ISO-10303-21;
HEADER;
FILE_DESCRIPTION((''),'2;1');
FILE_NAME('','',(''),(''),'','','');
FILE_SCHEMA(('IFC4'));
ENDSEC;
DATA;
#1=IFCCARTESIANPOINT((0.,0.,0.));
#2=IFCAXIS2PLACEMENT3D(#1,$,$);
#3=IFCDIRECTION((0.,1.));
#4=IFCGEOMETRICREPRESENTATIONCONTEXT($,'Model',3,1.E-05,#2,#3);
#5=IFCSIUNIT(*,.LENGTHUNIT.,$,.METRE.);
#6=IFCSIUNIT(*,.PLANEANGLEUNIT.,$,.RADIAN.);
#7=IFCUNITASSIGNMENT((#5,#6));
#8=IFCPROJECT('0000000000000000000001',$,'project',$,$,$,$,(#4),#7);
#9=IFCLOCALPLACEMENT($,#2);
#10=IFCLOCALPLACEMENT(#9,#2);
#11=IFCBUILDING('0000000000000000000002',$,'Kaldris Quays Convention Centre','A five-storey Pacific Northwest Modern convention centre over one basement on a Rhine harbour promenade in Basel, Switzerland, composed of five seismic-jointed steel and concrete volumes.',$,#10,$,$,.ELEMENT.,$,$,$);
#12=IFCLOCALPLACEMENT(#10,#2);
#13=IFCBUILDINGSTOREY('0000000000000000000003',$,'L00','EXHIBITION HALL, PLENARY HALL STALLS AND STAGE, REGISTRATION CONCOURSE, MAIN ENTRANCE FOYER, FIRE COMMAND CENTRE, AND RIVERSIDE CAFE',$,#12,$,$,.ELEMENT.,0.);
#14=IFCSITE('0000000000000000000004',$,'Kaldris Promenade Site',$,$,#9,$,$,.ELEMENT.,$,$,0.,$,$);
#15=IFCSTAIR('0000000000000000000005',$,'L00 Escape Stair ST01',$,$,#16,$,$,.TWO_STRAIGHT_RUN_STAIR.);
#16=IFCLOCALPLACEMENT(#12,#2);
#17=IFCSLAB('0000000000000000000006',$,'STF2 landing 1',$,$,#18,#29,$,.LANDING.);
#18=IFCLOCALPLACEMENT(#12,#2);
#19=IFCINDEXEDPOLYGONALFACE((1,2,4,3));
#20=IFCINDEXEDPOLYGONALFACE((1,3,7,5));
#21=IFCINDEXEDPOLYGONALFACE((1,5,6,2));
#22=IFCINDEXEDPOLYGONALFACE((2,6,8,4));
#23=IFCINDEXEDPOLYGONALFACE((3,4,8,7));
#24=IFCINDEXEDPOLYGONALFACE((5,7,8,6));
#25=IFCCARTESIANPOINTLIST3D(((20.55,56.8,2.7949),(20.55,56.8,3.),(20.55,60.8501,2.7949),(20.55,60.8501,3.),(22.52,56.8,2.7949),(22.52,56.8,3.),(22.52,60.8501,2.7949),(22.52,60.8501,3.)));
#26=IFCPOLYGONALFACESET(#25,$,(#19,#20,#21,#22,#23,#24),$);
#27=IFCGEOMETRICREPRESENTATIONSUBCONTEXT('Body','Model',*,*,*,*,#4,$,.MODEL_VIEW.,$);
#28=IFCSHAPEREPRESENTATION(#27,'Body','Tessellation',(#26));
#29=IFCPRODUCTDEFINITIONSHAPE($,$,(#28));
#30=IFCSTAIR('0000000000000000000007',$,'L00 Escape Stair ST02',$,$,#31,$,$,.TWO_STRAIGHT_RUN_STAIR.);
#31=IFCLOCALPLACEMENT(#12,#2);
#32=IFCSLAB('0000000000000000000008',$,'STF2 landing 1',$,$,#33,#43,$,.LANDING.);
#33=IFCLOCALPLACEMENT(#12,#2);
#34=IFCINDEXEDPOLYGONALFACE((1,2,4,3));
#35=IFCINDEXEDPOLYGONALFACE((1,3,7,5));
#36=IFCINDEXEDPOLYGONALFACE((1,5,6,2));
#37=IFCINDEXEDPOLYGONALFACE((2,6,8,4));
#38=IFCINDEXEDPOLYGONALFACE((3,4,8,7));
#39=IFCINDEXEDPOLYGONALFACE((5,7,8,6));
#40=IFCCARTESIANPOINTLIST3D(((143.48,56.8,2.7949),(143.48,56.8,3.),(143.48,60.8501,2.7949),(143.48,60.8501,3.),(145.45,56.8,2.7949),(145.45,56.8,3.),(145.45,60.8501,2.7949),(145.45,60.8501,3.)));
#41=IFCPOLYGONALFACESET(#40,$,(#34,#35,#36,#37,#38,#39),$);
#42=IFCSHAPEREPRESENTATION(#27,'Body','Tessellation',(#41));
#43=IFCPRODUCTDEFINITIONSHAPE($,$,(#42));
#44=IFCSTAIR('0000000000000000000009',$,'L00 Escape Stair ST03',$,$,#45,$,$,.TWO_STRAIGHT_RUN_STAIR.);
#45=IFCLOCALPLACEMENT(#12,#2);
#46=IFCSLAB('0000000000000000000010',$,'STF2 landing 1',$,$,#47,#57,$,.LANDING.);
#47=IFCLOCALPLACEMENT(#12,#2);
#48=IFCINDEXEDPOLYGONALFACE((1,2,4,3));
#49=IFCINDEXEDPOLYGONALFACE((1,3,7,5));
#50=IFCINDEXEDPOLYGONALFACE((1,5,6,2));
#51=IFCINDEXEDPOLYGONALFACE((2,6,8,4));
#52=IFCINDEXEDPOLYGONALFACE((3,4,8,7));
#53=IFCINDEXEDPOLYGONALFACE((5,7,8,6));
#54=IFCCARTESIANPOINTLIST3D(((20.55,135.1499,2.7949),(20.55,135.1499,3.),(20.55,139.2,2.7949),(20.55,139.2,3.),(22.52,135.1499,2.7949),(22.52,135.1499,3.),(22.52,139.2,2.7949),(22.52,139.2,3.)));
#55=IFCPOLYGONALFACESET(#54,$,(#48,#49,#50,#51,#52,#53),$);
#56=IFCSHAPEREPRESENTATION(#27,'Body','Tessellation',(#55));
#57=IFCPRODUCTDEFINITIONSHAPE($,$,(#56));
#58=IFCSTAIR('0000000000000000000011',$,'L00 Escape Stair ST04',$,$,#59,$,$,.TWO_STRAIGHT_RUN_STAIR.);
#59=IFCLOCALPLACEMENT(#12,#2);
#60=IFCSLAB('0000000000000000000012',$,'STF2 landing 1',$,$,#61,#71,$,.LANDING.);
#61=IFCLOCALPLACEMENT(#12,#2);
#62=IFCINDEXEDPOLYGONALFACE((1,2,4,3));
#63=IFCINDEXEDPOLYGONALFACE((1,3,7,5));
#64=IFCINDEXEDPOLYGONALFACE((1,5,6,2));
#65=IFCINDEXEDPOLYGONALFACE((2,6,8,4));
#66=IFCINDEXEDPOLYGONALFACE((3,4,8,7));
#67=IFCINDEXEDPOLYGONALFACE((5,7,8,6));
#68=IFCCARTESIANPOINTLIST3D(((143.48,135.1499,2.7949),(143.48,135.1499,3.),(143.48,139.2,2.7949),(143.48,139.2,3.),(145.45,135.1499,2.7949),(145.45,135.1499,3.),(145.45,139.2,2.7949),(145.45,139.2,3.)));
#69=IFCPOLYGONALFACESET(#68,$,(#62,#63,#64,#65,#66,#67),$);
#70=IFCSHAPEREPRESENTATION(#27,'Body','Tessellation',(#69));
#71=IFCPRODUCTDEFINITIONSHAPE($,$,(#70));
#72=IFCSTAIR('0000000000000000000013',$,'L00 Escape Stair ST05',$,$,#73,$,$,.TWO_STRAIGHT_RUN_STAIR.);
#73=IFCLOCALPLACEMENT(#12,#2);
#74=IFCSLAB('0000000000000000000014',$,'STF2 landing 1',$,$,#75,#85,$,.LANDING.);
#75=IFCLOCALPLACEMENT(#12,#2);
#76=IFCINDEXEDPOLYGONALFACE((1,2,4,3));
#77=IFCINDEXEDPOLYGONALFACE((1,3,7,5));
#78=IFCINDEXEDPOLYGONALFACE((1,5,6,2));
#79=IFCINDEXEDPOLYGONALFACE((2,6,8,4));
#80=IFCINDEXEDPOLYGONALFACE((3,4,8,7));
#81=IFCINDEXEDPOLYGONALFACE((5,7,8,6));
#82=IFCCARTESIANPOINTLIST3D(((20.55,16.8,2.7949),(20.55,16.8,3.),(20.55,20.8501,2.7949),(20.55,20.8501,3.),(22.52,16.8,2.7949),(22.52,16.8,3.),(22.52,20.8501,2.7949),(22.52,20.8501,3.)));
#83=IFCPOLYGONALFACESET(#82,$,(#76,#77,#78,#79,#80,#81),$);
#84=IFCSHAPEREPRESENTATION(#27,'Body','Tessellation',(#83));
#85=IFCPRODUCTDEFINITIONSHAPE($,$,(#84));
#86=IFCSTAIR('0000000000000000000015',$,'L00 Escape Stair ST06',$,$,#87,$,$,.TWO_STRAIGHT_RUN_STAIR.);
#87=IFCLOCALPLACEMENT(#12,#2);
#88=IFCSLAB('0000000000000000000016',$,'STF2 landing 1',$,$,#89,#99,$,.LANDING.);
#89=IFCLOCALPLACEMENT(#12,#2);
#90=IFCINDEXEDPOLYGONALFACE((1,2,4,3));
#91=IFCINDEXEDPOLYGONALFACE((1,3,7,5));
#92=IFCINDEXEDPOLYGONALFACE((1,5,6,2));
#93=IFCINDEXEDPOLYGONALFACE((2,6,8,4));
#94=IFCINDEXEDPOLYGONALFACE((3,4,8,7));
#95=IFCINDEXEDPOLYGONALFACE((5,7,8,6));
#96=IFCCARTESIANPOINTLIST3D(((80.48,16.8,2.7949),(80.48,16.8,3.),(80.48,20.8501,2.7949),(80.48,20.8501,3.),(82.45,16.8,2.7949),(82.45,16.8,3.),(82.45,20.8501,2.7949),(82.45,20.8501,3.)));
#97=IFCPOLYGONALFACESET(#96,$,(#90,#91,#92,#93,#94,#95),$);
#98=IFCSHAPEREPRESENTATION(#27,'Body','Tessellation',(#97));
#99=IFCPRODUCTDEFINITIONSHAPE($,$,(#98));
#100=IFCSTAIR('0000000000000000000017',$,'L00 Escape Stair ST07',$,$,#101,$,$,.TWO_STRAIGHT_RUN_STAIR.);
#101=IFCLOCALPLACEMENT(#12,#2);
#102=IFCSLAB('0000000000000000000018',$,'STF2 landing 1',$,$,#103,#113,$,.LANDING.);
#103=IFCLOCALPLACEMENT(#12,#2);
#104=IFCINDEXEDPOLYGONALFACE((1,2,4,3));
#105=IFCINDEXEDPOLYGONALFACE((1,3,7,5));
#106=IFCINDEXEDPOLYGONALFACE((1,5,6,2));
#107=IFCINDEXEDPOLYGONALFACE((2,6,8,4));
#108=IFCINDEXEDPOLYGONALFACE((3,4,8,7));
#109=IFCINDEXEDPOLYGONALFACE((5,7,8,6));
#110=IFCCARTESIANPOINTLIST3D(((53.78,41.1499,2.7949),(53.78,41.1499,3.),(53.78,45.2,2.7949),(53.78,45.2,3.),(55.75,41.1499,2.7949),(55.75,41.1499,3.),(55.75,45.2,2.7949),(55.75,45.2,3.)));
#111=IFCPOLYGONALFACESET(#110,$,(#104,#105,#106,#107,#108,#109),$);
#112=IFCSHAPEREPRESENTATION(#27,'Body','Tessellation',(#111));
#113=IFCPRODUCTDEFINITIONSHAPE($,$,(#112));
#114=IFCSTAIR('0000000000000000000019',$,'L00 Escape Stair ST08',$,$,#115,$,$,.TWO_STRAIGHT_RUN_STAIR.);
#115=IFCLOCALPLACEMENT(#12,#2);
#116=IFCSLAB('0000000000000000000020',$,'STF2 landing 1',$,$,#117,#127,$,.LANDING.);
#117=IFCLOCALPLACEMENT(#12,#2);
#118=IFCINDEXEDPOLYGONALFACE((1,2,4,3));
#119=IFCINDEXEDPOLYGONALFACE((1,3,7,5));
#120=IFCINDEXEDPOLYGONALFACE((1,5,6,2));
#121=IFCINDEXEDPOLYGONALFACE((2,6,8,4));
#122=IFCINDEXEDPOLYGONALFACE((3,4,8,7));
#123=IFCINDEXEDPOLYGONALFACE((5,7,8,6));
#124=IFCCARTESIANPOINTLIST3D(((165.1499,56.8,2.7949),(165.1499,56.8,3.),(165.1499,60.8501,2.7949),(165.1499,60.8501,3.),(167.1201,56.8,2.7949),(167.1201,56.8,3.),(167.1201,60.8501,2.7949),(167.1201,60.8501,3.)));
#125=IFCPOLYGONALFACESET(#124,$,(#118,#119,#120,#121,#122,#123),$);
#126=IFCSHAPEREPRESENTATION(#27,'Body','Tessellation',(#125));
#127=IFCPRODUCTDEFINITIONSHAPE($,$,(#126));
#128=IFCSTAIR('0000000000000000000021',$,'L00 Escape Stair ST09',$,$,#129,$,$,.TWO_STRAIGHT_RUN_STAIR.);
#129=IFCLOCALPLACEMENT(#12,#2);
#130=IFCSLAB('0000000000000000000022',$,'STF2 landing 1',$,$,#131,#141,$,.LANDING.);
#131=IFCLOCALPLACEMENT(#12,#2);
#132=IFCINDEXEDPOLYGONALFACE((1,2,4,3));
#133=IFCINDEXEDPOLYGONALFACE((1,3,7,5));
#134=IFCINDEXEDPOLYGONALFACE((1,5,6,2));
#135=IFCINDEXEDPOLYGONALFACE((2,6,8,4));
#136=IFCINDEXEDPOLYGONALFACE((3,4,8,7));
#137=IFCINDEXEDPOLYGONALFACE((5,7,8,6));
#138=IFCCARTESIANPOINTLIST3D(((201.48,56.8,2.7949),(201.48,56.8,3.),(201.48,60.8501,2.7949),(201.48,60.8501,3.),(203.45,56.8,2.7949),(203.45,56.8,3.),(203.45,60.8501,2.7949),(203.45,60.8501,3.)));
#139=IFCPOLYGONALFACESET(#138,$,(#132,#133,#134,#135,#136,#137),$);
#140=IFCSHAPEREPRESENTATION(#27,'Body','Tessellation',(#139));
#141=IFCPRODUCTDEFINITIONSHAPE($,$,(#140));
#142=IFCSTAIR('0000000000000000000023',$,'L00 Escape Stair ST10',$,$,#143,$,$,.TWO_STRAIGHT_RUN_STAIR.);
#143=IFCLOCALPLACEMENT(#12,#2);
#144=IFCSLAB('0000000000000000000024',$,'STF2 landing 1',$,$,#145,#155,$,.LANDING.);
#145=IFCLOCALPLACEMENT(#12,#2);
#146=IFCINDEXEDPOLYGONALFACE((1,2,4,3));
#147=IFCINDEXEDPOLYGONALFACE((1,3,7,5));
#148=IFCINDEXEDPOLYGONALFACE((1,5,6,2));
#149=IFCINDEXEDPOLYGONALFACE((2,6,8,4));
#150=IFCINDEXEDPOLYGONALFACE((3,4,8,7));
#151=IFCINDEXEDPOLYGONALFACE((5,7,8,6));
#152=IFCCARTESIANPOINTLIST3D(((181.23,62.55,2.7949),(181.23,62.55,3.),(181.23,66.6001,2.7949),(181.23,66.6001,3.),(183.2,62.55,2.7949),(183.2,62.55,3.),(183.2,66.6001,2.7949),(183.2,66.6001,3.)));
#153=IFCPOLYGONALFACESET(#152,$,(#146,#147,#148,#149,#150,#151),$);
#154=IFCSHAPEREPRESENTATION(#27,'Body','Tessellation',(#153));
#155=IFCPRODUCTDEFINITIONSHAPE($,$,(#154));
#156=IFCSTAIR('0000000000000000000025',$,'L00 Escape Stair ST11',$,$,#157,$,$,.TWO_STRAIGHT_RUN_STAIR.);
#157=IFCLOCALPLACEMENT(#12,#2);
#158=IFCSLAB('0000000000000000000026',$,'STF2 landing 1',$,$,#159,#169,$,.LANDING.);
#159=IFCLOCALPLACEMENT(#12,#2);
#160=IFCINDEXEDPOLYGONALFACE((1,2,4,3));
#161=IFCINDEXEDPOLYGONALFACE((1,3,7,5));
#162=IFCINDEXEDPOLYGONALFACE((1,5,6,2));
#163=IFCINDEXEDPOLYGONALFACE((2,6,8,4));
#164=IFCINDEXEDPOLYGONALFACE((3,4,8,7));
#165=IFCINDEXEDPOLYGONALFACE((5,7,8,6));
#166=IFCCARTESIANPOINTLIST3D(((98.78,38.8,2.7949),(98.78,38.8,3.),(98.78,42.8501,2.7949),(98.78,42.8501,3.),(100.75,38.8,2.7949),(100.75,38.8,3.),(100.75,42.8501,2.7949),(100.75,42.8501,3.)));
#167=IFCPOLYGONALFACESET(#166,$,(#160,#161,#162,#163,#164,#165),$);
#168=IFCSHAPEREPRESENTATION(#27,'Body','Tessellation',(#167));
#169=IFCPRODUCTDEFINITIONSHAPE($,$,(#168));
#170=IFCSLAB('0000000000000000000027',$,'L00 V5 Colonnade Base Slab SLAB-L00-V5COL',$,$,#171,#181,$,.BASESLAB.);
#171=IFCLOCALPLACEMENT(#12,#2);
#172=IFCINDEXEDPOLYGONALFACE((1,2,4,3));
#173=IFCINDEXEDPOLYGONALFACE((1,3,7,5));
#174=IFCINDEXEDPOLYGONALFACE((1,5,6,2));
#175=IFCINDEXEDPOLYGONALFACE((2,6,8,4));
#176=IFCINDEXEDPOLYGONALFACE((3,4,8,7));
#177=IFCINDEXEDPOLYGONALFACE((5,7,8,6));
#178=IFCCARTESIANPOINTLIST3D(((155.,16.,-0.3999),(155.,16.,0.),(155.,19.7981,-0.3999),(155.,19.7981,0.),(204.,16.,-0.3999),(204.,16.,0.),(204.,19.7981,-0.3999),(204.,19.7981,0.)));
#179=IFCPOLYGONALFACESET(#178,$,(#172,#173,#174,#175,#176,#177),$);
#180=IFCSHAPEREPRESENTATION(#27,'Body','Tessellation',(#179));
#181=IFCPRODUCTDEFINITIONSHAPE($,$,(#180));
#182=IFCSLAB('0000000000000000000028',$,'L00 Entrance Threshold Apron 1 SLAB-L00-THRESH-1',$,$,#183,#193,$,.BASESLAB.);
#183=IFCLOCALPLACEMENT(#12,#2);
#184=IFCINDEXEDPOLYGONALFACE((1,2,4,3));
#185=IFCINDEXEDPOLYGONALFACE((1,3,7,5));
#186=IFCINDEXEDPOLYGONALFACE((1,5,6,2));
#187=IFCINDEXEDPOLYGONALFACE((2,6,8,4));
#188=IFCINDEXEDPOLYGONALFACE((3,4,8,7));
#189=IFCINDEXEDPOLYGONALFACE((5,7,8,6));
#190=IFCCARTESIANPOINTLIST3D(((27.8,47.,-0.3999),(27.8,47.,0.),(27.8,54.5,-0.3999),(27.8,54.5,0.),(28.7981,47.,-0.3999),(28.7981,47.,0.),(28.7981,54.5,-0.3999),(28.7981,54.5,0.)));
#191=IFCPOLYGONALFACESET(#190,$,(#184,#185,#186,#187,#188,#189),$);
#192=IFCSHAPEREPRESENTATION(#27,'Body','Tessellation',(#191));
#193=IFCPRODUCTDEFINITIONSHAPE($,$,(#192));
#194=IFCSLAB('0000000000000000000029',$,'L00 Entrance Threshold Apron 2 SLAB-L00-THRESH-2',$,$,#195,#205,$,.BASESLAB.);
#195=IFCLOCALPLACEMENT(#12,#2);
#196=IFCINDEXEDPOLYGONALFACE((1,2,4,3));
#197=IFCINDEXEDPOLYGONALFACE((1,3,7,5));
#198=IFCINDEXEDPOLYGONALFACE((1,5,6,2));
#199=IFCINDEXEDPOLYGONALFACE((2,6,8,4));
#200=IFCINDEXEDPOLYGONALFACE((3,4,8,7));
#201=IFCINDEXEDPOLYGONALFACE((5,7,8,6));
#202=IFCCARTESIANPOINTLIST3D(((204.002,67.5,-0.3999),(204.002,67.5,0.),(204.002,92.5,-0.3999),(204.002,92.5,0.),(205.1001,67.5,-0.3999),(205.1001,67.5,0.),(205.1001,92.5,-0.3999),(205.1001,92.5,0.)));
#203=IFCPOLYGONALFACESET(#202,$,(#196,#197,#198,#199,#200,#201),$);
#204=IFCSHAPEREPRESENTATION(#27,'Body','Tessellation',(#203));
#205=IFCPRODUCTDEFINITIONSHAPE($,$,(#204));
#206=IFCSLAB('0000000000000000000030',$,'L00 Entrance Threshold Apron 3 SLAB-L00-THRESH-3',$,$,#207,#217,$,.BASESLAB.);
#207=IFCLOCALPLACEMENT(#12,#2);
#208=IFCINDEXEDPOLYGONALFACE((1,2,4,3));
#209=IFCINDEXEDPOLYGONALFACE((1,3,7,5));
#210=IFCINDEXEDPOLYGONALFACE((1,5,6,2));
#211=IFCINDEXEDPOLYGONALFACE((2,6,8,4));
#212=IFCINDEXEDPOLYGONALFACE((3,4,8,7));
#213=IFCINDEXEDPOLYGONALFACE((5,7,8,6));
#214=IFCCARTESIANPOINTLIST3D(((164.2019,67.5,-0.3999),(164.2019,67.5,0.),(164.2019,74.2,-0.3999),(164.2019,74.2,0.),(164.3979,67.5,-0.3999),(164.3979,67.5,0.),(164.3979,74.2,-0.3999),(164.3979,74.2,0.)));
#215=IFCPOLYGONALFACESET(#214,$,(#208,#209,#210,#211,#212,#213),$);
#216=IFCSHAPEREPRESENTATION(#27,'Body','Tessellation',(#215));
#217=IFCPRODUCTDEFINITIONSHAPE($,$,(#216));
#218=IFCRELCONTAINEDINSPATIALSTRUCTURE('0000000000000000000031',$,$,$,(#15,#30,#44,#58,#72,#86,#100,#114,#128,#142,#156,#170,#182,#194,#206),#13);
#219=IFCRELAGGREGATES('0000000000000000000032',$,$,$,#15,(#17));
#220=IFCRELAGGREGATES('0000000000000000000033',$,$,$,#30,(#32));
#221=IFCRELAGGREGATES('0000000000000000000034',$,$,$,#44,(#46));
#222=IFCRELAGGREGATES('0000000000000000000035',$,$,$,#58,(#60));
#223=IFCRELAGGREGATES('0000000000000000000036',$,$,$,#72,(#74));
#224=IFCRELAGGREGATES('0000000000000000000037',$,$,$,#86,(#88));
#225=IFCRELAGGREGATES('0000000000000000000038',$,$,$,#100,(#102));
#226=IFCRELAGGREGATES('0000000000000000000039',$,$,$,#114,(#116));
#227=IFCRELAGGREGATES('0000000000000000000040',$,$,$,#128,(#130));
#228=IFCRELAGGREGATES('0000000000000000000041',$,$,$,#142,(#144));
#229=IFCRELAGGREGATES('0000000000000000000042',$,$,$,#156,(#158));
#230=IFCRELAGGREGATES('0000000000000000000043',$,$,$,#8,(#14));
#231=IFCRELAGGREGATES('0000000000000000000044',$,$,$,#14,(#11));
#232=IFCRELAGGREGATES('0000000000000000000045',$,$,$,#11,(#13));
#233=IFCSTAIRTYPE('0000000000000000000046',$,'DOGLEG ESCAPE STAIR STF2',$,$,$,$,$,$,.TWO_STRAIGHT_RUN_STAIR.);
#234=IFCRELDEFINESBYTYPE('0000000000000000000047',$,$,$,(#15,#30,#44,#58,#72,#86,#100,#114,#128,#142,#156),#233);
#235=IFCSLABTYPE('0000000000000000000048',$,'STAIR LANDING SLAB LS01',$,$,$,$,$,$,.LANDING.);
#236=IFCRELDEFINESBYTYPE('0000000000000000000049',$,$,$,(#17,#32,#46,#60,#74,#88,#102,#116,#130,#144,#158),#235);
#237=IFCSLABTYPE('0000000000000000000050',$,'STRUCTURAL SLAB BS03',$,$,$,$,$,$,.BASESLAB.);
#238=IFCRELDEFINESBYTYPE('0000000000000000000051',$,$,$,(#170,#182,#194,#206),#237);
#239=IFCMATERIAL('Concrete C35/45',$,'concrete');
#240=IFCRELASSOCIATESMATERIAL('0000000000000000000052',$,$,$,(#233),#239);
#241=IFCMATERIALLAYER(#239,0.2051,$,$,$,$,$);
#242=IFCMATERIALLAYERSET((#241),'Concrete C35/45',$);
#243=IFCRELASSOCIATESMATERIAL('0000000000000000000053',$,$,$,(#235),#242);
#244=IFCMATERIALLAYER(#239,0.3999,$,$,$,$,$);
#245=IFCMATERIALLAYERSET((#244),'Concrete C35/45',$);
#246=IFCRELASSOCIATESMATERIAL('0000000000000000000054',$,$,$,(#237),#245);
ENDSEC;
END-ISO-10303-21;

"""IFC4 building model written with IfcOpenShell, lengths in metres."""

from ifc_helpers import new_model, si_unit, direction, frame, origin, place, context, subcontext, project, spatial, polyline, outline, extrude, material, layer, layer_set, type_object, element, aggregate, save


model = new_model("IFC4")

# Units and contexts
model_context = context("Model", 3, precision=1e-05, world=origin(), true_north=direction((0.0, 1.0)))
body_context = subcontext(model_context, "Body", "Model", "MODEL_VIEW")
ifc_project = project(units=[si_unit("LENGTHUNIT", "METRE"), si_unit("PLANEANGLEUNIT", "RADIAN")], contexts=[model_context])

# Site, building, storey
site_placement = place(None, origin())
site = spatial("IfcSite", under=ifc_project, at=site_placement, Name="Kaldris Promenade Site", CompositionType="ELEMENT", RefElevation=0.0)
building_placement = place(site_placement, origin())
building = spatial("IfcBuilding", under=site, at=building_placement, Name="Kaldris Quays Convention Centre", Description="A five-storey Pacific Northwest Modern convention centre over one basement on a Rhine harbour promenade in Basel, Switzerland, composed of five seismic-jointed steel and concrete volumes.", CompositionType="ELEMENT")
storey_placement = place(building_placement, origin())
storey = spatial("IfcBuildingStorey", under=building, at=storey_placement, Name="L00", Description="EXHIBITION HALL, PLENARY HALL STALLS AND STAGE, REGISTRATION CONCOURSE, MAIN ENTRANCE FOYER, FIRE COMMAND CENTRE, AND RIVERSIDE CAFE", CompositionType="ELEMENT", Elevation=0.0)

# Stairs, slabs
ifc_material = material(Name="Concrete C35/45", Category="concrete")
stair_type = type_object("IfcStairType", Name="DOGLEG ESCAPE STAIR STF2", PredefinedType="TWO_STRAIGHT_RUN_STAIR", material=ifc_material)
stair_1_placement = place(storey_placement, origin())
stair_1 = element("IfcStair", 1, at=stair_1_placement, inside=storey, type_object=stair_type, Name="L00 Escape Stair ST01", PredefinedType="TWO_STRAIGHT_RUN_STAIR")
ifc_layer_1 = layer(ifc_material, 0.2051)
ifc_layer_set_1 = layer_set([ifc_layer_1], Name="Concrete C35/45")
slab_type_1 = type_object("IfcSlabType", Name="STAIR LANDING SLAB LS01", PredefinedType="LANDING", material=ifc_layer_set_1)
slab_1_placement = place(storey_placement, frame((0.0, 0.0, 2.7949)))
slab_1 = element("IfcSlab", 2, at=slab_1_placement, type_object=slab_type_1, Name="STF2 landing 1", PredefinedType="LANDING", context=body_context, shape_type="SweptSolid", body=[
    extrude(outline(polyline([(22.52, 60.8501), (20.55, 60.8501), (20.55, 56.8), (22.52, 56.8), (22.52, 60.8501)])), origin(), (0.0, 0.0, 1.0), 0.2051),
])
aggregate(stair_1, [slab_1])
stair_2_placement = place(storey_placement, origin())
stair_2 = element("IfcStair", 3, at=stair_2_placement, inside=storey, type_object=stair_type, Name="L00 Escape Stair ST02", PredefinedType="TWO_STRAIGHT_RUN_STAIR")
slab_2_placement = place(storey_placement, frame((0.0, 0.0, 2.7949)))
slab_2 = element("IfcSlab", 4, at=slab_2_placement, type_object=slab_type_1, Name="STF2 landing 1", PredefinedType="LANDING", context=body_context, shape_type="SweptSolid", body=[
    extrude(outline(polyline([(143.48, 56.8), (145.45, 56.8), (145.45, 60.8501), (143.48, 60.8501), (143.48, 56.8)])), origin(), (0.0, 0.0, 1.0), 0.2051),
])
aggregate(stair_2, [slab_2])
stair_3_placement = place(storey_placement, origin())
stair_3 = element("IfcStair", 5, at=stair_3_placement, inside=storey, type_object=stair_type, Name="L00 Escape Stair ST03", PredefinedType="TWO_STRAIGHT_RUN_STAIR")
slab_3_placement = place(storey_placement, frame((0.0, 0.0, 2.7949)))
slab_3 = element("IfcSlab", 6, at=slab_3_placement, type_object=slab_type_1, Name="STF2 landing 1", PredefinedType="LANDING", context=body_context, shape_type="SweptSolid", body=[
    extrude(outline(polyline([(22.52, 139.2), (20.55, 139.2), (20.55, 135.1499), (22.52, 135.1499), (22.52, 139.2)])), origin(), (0.0, 0.0, 1.0), 0.2051),
])
aggregate(stair_3, [slab_3])
stair_4_placement = place(storey_placement, origin())
stair_4 = element("IfcStair", 7, at=stair_4_placement, inside=storey, type_object=stair_type, Name="L00 Escape Stair ST04", PredefinedType="TWO_STRAIGHT_RUN_STAIR")
slab_4_placement = place(storey_placement, frame((0.0, 0.0, 2.7949)))
slab_4 = element("IfcSlab", 8, at=slab_4_placement, type_object=slab_type_1, Name="STF2 landing 1", PredefinedType="LANDING", context=body_context, shape_type="SweptSolid", body=[
    extrude(outline(polyline([(143.48, 135.1499), (145.45, 135.1499), (145.45, 139.2), (143.48, 139.2), (143.48, 135.1499)])), origin(), (0.0, 0.0, 1.0), 0.2051),
])
aggregate(stair_4, [slab_4])
stair_5_placement = place(storey_placement, origin())
stair_5 = element("IfcStair", 9, at=stair_5_placement, inside=storey, type_object=stair_type, Name="L00 Escape Stair ST05", PredefinedType="TWO_STRAIGHT_RUN_STAIR")
slab_5_placement = place(storey_placement, frame((0.0, 0.0, 2.7949)))
slab_5 = element("IfcSlab", 10, at=slab_5_placement, type_object=slab_type_1, Name="STF2 landing 1", PredefinedType="LANDING", context=body_context, shape_type="SweptSolid", body=[
    extrude(outline(polyline([(22.52, 20.8501), (20.55, 20.8501), (20.55, 16.8), (22.52, 16.8), (22.52, 20.8501)])), origin(), (0.0, 0.0, 1.0), 0.2051),
])
aggregate(stair_5, [slab_5])
stair_6_placement = place(storey_placement, origin())
stair_6 = element("IfcStair", 11, at=stair_6_placement, inside=storey, type_object=stair_type, Name="L00 Escape Stair ST06", PredefinedType="TWO_STRAIGHT_RUN_STAIR")
slab_6_placement = place(storey_placement, frame((0.0, 0.0, 2.7949)))
slab_6 = element("IfcSlab", 12, at=slab_6_placement, type_object=slab_type_1, Name="STF2 landing 1", PredefinedType="LANDING", context=body_context, shape_type="SweptSolid", body=[
    extrude(outline(polyline([(80.48, 16.8), (82.45, 16.8), (82.45, 20.8501), (80.48, 20.8501), (80.48, 16.8)])), origin(), (0.0, 0.0, 1.0), 0.2051),
])
aggregate(stair_6, [slab_6])
stair_7_placement = place(storey_placement, origin())
stair_7 = element("IfcStair", 13, at=stair_7_placement, inside=storey, type_object=stair_type, Name="L00 Escape Stair ST07", PredefinedType="TWO_STRAIGHT_RUN_STAIR")
slab_7_placement = place(storey_placement, frame((0.0, 0.0, 2.7949)))
slab_7 = element("IfcSlab", 14, at=slab_7_placement, type_object=slab_type_1, Name="STF2 landing 1", PredefinedType="LANDING", context=body_context, shape_type="SweptSolid", body=[
    extrude(outline(polyline([(53.78, 41.1499), (55.75, 41.1499), (55.75, 45.2), (53.78, 45.2), (53.78, 41.1499)])), origin(), (0.0, 0.0, 1.0), 0.2051),
])
aggregate(stair_7, [slab_7])
stair_8_placement = place(storey_placement, origin())
stair_8 = element("IfcStair", 15, at=stair_8_placement, inside=storey, type_object=stair_type, Name="L00 Escape Stair ST08", PredefinedType="TWO_STRAIGHT_RUN_STAIR")
slab_8_placement = place(storey_placement, frame((0.0, 0.0, 2.7949)))
slab_8 = element("IfcSlab", 16, at=slab_8_placement, type_object=slab_type_1, Name="STF2 landing 1", PredefinedType="LANDING", context=body_context, shape_type="SweptSolid", body=[
    extrude(outline(polyline([(167.1201, 60.8501), (165.1499, 60.8501), (165.1499, 56.8), (167.1201, 56.8), (167.1201, 60.8501)])), origin(), (0.0, 0.0, 1.0), 0.2051),
])
aggregate(stair_8, [slab_8])
stair_9_placement = place(storey_placement, origin())
stair_9 = element("IfcStair", 17, at=stair_9_placement, inside=storey, type_object=stair_type, Name="L00 Escape Stair ST09", PredefinedType="TWO_STRAIGHT_RUN_STAIR")
slab_9_placement = place(storey_placement, frame((0.0, 0.0, 2.7949)))
slab_9 = element("IfcSlab", 18, at=slab_9_placement, type_object=slab_type_1, Name="STF2 landing 1", PredefinedType="LANDING", context=body_context, shape_type="SweptSolid", body=[
    extrude(outline(polyline([(201.48, 56.8), (203.45, 56.8), (203.45, 60.8501), (201.48, 60.8501), (201.48, 56.8)])), origin(), (0.0, 0.0, 1.0), 0.2051),
])
aggregate(stair_9, [slab_9])
stair_10_placement = place(storey_placement, origin())
stair_10 = element("IfcStair", 19, at=stair_10_placement, inside=storey, type_object=stair_type, Name="L00 Escape Stair ST10", PredefinedType="TWO_STRAIGHT_RUN_STAIR")
slab_10_placement = place(storey_placement, frame((0.0, 0.0, 2.7949)))
slab_10 = element("IfcSlab", 20, at=slab_10_placement, type_object=slab_type_1, Name="STF2 landing 1", PredefinedType="LANDING", context=body_context, shape_type="SweptSolid", body=[
    extrude(outline(polyline([(181.23, 62.55), (183.2, 62.55), (183.2, 66.6001), (181.23, 66.6001), (181.23, 62.55)])), origin(), (0.0, 0.0, 1.0), 0.2051),
])
aggregate(stair_10, [slab_10])
stair_11_placement = place(storey_placement, origin())
stair_11 = element("IfcStair", 21, at=stair_11_placement, inside=storey, type_object=stair_type, Name="L00 Escape Stair ST11", PredefinedType="TWO_STRAIGHT_RUN_STAIR")
slab_11_placement = place(storey_placement, frame((0.0, 0.0, 2.7949)))
slab_11 = element("IfcSlab", 22, at=slab_11_placement, type_object=slab_type_1, Name="STF2 landing 1", PredefinedType="LANDING", context=body_context, shape_type="SweptSolid", body=[
    extrude(outline(polyline([(98.78, 38.8), (100.75, 38.8), (100.75, 42.8501), (98.78, 42.8501), (98.78, 38.8)])), origin(), (0.0, 0.0, 1.0), 0.2051),
])
aggregate(stair_11, [slab_11])

# Slabs
ifc_layer_2 = layer(ifc_material, 0.3999)
ifc_layer_set_2 = layer_set([ifc_layer_2], Name="Concrete C35/45")
slab_type_2 = type_object("IfcSlabType", Name="STRUCTURAL SLAB BS03", PredefinedType="BASESLAB", material=ifc_layer_set_2)
slab_12_placement = place(storey_placement, frame((0.0, 0.0, -0.3999)))
element("IfcSlab", 23, at=slab_12_placement, inside=storey, type_object=slab_type_2, Name="L00 V5 Colonnade Base Slab SLAB-L00-V5COL", PredefinedType="BASESLAB", context=body_context, shape_type="SweptSolid", body=[
    extrude(outline(polyline([(204.0, 16.0), (155.0, 16.0), (155.0, 19.7981), (204.0, 19.7981), (204.0, 16.0)])), origin(), (0.0, 0.0, 1.0), 0.3999),
])
slab_13_placement = place(storey_placement, frame((0.0, 0.0, -0.3999)))
element("IfcSlab", 24, at=slab_13_placement, inside=storey, type_object=slab_type_2, Name="L00 Entrance Threshold Apron 1 SLAB-L00-THRESH-1", PredefinedType="BASESLAB", context=body_context, shape_type="SweptSolid", body=[
    extrude(outline(polyline([(27.8, 47.0), (27.8, 54.5), (28.7981, 54.5), (28.7981, 47.0), (27.8, 47.0)])), origin(), (0.0, 0.0, 1.0), 0.3999),
])
slab_14_placement = place(storey_placement, frame((0.0, 0.0, -0.3999)))
element("IfcSlab", 25, at=slab_14_placement, inside=storey, type_object=slab_type_2, Name="L00 Entrance Threshold Apron 2 SLAB-L00-THRESH-2", PredefinedType="BASESLAB", context=body_context, shape_type="SweptSolid", body=[
    extrude(outline(polyline([(205.1001, 92.5), (205.1001, 67.5), (204.002, 67.5), (204.002, 92.5), (205.1001, 92.5)])), origin(), (0.0, 0.0, 1.0), 0.3999),
])
slab_15_placement = place(storey_placement, frame((0.0, 0.0, -0.3999)))
element("IfcSlab", 26, at=slab_15_placement, inside=storey, type_object=slab_type_2, Name="L00 Entrance Threshold Apron 3 SLAB-L00-THRESH-3", PredefinedType="BASESLAB", context=body_context, shape_type="SweptSolid", body=[
    extrude(outline(polyline([(164.3979, 74.2), (164.3979, 67.5), (164.2019, 67.5), (164.2019, 74.2), (164.3979, 74.2)])), origin(), (0.0, 0.0, 1.0), 0.3999),
])

save(model, "model.ifc")
